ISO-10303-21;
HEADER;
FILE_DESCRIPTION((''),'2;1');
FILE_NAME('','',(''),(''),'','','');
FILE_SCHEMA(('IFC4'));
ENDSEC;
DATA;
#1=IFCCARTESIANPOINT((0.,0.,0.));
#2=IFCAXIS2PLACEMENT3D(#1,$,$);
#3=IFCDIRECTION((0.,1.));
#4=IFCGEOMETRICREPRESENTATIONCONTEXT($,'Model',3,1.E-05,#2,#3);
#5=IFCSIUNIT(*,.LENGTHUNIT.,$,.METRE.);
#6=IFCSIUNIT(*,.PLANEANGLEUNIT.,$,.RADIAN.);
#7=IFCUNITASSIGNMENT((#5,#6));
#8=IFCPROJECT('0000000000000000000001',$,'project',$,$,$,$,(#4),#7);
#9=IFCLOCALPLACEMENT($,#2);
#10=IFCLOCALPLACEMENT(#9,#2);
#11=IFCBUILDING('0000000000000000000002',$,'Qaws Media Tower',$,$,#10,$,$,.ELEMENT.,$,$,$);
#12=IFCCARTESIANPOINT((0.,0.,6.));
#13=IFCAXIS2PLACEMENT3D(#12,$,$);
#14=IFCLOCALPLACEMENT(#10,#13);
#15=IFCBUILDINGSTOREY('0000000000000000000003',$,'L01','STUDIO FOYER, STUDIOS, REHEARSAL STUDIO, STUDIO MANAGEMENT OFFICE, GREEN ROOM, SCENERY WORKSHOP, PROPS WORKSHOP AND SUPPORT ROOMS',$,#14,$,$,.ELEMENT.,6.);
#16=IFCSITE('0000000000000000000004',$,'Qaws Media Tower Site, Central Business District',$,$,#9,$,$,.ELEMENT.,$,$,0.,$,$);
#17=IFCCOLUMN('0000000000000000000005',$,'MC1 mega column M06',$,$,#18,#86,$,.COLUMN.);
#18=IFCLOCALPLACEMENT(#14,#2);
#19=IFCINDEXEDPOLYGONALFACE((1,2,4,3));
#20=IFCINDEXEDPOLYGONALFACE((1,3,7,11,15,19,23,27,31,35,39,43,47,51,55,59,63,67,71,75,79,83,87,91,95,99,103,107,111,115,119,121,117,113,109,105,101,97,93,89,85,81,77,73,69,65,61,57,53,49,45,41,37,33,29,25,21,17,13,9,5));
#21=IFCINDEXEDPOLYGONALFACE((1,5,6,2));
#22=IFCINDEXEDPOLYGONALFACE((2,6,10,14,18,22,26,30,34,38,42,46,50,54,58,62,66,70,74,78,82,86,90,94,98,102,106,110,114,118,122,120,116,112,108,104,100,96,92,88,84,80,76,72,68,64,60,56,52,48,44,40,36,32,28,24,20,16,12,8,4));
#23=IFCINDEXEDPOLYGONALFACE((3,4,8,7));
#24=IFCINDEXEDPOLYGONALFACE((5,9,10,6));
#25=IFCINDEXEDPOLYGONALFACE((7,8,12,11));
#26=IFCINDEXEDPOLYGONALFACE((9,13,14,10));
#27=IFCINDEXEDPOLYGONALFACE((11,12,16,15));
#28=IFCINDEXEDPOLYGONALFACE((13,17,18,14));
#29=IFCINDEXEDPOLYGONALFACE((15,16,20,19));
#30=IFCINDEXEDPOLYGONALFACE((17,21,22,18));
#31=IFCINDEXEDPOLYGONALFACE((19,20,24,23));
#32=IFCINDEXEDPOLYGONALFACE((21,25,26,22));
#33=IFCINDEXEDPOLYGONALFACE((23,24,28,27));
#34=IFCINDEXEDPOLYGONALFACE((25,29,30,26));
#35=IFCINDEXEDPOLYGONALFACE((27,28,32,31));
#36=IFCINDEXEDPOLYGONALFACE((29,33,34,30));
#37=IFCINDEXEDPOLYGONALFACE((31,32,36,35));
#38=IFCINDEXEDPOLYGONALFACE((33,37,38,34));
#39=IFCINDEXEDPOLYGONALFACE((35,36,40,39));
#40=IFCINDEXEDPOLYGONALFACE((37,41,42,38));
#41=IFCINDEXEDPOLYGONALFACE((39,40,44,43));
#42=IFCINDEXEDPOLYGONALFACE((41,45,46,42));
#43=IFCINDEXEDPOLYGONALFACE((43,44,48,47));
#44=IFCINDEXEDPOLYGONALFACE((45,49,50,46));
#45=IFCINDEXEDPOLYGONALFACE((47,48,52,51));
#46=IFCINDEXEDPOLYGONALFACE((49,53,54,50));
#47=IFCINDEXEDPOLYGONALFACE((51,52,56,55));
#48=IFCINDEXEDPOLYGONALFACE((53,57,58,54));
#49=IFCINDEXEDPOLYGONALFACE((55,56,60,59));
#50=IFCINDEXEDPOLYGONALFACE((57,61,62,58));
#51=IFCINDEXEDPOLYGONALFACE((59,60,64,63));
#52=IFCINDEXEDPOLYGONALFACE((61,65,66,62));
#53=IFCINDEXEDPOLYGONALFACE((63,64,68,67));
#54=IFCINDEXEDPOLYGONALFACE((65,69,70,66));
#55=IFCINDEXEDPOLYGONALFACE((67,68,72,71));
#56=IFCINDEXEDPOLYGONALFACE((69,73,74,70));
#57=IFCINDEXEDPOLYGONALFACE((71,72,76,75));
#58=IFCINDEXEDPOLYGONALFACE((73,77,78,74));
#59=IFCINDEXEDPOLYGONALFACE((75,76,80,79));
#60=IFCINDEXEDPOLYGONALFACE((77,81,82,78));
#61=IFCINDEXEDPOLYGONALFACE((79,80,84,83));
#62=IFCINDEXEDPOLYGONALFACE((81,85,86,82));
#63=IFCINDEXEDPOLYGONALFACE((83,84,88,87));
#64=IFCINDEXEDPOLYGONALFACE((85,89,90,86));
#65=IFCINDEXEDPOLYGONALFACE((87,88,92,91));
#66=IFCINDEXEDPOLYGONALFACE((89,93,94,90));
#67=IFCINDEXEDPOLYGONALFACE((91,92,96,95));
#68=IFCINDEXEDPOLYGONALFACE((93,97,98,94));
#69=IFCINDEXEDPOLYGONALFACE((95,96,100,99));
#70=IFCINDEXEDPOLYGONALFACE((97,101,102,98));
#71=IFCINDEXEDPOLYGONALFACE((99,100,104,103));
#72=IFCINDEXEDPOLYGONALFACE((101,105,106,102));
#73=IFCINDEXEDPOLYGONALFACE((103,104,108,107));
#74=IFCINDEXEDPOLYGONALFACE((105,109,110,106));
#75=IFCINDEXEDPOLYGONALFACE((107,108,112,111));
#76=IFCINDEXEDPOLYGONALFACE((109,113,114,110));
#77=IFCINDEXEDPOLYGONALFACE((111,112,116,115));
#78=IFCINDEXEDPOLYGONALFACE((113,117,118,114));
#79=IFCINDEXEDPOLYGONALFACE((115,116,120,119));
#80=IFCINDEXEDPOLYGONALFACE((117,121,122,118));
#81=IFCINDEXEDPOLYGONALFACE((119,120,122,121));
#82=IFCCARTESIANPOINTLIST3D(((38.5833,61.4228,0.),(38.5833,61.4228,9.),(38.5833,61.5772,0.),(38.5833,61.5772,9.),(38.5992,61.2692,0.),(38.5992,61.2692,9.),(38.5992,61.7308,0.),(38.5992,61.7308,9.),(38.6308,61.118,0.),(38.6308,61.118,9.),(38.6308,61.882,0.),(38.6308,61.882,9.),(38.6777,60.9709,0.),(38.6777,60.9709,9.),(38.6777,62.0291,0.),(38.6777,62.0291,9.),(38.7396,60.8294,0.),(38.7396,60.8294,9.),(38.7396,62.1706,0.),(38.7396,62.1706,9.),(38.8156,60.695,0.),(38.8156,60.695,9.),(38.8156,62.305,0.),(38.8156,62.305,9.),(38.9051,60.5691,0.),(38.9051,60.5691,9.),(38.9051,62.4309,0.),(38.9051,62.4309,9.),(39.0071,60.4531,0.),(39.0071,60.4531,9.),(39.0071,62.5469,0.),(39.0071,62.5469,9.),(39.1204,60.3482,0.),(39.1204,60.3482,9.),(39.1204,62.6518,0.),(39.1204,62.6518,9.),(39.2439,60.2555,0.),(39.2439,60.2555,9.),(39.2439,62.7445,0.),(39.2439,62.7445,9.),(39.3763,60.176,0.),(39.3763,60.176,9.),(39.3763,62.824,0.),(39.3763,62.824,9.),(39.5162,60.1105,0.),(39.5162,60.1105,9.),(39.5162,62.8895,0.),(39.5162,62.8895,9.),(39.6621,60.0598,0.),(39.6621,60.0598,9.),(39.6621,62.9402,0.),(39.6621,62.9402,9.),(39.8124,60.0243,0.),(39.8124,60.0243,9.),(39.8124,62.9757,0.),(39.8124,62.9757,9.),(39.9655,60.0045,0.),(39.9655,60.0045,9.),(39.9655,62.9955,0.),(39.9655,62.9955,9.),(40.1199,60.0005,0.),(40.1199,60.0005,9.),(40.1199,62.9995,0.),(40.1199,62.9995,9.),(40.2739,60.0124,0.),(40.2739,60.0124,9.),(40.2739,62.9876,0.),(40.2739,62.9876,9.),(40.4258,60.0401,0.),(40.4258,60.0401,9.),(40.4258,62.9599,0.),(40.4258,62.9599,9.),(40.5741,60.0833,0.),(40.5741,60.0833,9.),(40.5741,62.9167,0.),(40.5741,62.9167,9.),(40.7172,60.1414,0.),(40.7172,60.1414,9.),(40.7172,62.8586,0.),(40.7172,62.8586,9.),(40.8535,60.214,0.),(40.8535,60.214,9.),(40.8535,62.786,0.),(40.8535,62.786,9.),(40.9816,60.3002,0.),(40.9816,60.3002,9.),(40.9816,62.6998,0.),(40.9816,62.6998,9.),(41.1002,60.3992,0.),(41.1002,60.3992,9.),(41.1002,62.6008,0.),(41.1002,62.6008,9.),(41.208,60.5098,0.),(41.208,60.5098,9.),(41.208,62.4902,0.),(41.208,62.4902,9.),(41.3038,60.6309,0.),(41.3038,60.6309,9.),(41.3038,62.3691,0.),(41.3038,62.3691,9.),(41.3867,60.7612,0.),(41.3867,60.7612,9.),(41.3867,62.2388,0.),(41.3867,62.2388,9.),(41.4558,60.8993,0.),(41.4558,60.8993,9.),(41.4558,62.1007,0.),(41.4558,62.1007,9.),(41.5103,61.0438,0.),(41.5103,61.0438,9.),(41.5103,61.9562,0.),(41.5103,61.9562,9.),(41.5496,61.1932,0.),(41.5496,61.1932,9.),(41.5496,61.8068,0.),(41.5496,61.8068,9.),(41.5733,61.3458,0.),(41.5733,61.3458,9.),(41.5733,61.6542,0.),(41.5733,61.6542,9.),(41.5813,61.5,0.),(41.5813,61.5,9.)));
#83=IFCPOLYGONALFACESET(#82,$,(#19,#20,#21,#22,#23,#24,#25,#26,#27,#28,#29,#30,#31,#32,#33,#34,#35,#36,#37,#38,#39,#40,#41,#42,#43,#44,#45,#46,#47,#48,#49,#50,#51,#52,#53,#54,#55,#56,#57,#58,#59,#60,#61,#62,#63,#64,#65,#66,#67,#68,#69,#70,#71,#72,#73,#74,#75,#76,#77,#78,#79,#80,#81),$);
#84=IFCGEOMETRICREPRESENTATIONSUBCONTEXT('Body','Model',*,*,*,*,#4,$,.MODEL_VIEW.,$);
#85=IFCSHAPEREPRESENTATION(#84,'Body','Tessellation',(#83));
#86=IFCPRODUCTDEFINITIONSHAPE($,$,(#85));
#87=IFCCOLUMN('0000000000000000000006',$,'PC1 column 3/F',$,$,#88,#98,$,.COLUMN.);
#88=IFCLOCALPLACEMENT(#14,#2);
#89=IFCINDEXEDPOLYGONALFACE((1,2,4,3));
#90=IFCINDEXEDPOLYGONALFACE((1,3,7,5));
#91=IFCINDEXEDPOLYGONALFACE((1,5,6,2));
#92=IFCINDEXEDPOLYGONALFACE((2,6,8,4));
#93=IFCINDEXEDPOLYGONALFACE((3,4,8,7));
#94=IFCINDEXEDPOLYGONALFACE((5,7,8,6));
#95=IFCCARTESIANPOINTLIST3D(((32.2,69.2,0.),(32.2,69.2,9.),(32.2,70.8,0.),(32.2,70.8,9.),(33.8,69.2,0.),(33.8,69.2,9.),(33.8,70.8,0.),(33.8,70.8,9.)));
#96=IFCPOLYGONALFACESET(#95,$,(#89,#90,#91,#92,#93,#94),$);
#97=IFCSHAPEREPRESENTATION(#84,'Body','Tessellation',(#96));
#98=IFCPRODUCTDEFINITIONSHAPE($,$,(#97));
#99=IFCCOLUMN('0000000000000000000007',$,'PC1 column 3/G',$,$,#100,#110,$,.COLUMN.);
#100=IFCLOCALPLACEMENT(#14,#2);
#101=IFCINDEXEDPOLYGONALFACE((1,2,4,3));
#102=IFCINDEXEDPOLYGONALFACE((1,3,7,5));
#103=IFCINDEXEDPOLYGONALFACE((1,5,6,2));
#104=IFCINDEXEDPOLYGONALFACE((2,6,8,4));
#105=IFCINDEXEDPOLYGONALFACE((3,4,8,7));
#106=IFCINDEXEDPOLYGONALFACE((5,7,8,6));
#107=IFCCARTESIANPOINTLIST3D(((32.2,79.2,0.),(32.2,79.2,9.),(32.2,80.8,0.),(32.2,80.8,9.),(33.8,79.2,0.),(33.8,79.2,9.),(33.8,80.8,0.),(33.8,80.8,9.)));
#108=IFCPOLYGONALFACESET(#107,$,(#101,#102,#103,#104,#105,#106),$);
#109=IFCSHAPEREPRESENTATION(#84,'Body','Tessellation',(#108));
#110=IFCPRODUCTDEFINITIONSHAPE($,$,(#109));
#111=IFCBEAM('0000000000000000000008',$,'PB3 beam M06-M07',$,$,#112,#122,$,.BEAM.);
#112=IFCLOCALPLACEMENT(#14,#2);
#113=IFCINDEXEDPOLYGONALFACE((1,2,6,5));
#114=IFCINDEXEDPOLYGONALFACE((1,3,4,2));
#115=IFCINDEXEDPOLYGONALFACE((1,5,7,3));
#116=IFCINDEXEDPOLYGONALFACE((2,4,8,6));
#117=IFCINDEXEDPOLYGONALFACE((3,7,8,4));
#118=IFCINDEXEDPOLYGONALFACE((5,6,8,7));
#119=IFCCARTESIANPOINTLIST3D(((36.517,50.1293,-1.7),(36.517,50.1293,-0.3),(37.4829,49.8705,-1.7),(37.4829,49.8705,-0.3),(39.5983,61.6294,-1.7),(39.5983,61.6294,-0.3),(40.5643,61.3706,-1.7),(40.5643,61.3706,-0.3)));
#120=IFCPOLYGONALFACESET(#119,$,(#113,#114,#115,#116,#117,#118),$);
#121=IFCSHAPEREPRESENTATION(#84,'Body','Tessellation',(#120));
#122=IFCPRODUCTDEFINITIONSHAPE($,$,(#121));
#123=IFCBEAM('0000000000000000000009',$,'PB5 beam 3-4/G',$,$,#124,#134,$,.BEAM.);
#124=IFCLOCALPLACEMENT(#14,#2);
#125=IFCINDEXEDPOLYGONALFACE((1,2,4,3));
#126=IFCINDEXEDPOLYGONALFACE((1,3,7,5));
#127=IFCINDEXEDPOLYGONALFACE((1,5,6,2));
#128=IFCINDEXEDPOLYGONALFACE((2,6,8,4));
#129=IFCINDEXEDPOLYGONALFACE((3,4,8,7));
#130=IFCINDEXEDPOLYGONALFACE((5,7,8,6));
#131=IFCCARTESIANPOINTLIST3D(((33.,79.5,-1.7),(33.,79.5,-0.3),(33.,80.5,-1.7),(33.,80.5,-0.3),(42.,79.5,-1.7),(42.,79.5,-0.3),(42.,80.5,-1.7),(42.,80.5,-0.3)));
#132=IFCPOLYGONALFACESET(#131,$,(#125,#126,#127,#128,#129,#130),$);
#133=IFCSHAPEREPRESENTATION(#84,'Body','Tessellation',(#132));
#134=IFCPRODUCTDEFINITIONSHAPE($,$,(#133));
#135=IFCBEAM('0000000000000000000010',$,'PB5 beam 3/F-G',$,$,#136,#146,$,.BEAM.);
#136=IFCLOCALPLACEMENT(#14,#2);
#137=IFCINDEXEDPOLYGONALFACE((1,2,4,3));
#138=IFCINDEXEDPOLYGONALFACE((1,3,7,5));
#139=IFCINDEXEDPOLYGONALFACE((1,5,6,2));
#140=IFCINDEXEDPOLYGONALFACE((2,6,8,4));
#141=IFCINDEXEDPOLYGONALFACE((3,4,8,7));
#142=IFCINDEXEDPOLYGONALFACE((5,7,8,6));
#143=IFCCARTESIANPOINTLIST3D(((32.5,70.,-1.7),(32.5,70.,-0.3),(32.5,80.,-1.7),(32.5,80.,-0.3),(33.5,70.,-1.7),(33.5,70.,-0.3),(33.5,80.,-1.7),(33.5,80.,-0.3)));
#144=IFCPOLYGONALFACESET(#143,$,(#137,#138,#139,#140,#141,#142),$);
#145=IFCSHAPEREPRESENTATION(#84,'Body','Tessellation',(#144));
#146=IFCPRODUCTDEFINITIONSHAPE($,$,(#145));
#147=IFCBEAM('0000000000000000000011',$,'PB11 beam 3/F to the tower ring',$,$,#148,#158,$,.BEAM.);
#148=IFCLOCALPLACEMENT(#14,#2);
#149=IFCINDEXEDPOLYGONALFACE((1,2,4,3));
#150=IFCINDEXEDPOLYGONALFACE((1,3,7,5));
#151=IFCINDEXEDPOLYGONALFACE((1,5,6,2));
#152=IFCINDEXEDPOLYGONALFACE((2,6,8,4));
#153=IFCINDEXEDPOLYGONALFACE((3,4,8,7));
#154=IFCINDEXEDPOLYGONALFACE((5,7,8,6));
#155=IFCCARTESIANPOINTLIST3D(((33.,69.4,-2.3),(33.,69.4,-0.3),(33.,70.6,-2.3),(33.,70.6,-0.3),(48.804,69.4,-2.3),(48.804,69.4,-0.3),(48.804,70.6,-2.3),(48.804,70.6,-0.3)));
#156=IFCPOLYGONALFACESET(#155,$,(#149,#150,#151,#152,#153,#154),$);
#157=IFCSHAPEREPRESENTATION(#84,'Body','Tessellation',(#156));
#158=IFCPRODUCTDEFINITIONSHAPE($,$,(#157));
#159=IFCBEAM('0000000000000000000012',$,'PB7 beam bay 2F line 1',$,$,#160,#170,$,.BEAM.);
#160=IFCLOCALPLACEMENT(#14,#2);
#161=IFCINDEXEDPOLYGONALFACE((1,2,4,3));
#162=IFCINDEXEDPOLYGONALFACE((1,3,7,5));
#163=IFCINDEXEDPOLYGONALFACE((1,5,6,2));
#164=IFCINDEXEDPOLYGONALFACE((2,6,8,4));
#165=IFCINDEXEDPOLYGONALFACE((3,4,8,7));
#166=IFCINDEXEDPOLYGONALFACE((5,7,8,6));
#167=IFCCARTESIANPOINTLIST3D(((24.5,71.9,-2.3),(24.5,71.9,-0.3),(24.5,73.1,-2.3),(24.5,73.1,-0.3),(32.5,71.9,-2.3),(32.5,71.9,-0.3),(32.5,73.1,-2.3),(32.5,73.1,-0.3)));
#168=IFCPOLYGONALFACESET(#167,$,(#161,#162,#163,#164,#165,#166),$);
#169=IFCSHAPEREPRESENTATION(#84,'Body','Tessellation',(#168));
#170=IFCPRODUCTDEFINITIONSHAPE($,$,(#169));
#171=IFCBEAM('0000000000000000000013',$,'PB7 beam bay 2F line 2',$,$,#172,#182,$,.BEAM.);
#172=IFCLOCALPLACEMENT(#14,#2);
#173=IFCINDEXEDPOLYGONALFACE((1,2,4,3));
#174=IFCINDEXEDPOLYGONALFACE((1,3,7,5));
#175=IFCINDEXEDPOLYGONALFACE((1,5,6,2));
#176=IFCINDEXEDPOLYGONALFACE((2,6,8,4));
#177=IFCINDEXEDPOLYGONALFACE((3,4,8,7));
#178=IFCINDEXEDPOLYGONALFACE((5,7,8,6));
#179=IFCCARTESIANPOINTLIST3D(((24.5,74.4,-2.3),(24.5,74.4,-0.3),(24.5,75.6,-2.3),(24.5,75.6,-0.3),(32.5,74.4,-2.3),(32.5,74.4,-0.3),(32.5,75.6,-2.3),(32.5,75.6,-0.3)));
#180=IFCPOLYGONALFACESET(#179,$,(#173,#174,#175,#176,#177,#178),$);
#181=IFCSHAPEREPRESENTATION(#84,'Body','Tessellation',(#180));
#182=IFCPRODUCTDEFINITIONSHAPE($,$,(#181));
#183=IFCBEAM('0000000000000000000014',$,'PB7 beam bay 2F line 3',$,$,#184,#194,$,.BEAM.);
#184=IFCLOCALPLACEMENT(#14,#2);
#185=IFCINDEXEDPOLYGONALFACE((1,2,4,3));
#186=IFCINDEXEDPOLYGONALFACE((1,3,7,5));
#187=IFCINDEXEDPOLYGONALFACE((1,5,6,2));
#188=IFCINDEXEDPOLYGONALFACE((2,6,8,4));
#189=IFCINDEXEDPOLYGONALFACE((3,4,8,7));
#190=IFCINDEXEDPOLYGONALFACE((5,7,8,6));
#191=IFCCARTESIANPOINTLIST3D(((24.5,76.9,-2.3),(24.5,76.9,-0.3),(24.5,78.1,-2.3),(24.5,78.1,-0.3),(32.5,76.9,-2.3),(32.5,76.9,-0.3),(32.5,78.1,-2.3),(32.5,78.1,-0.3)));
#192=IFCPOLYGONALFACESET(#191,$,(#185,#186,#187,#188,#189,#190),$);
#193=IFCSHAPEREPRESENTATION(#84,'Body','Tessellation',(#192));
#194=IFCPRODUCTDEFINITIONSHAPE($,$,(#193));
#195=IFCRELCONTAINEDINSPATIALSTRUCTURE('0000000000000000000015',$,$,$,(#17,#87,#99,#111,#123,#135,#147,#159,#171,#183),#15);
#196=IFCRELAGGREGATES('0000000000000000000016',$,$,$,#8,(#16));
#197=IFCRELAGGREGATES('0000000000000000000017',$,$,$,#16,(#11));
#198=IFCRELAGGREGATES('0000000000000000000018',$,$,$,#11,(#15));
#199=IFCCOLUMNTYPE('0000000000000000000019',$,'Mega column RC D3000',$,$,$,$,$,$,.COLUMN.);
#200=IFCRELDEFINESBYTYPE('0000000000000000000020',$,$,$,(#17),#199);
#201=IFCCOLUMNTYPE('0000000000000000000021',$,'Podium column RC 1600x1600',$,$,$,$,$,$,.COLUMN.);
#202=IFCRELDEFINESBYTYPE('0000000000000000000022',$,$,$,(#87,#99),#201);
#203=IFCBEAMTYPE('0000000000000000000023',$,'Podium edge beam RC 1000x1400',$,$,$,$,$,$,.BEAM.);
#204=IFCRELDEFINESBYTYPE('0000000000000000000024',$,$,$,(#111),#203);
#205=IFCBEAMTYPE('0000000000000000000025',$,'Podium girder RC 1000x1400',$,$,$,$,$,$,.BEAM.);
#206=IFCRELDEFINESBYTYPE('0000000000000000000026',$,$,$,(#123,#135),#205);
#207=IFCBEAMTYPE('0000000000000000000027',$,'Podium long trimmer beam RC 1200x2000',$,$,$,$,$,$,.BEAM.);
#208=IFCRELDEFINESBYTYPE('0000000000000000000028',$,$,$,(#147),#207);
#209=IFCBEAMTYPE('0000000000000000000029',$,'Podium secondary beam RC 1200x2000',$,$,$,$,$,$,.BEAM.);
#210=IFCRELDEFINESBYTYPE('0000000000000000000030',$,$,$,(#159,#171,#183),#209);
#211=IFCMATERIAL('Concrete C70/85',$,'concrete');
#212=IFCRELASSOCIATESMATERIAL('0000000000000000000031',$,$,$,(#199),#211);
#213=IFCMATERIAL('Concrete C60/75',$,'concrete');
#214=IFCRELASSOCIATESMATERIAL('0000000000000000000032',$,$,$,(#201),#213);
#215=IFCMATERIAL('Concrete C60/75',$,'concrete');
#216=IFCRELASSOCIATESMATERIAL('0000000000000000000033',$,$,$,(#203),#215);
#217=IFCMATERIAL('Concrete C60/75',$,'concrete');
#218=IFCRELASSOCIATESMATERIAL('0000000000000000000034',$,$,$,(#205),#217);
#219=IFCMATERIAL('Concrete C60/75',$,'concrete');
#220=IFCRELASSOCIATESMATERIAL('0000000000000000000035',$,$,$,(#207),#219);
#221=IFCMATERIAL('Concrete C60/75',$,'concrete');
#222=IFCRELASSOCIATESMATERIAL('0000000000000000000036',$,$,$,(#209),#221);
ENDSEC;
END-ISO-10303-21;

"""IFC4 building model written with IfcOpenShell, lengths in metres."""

from ifc_helpers import new_model, si_unit, direction, frame, origin, origin_2d, place, context, subcontext, project, spatial, rectangle, circle, extrude, material, material_profile, profile_set, type_object, element, save


model = new_model("IFC4")

# Units and contexts
model_context = context("Model", 3, precision=1e-05, world=origin(), true_north=direction((0.0, 1.0)))
body_context = subcontext(model_context, "Body", "Model", "MODEL_VIEW")
ifc_project = project(units=[si_unit("LENGTHUNIT", "METRE"), si_unit("PLANEANGLEUNIT", "RADIAN")], contexts=[model_context])

# Site, building, storey
site_placement = place(None, origin())
site = spatial("IfcSite", under=ifc_project, at=site_placement, Name="Qaws Media Tower Site, Central Business District", CompositionType="ELEMENT", RefElevation=0.0)
building_placement = place(site_placement, origin())
building = spatial("IfcBuilding", under=site, at=building_placement, Name="Qaws Media Tower", CompositionType="ELEMENT")
storey_placement = place(building_placement, frame((0.0, 0.0, 6.0)))
storey = spatial("IfcBuildingStorey", under=building, at=storey_placement, Name="L01", Description="STUDIO FOYER, STUDIOS, REHEARSAL STUDIO, STUDIO MANAGEMENT OFFICE, GREEN ROOM, SCENERY WORKSHOP, PROPS WORKSHOP AND SUPPORT ROOMS", CompositionType="ELEMENT", Elevation=6.0)

# Columns
ifc_material_1 = material(Name="Concrete C70/85", Category="concrete")
ifc_material_profile_1 = material_profile(ifc_material_1, circle(Radius=1.5, at=origin_2d()), Name="RC D3000")
ifc_profile_set_1 = profile_set([ifc_material_profile_1], Name="Concrete C70/85")
column_type_1 = type_object("IfcColumnType", Name="Mega column RC D3000", PredefinedType="COLUMN", material=ifc_profile_set_1)
column_placement = place(storey_placement, frame((40.0813, 61.5, 0.0), z_axis=(0.0, 0.0, 1.0), x_axis=(1.0, 0.0, 0.0)))
element("IfcColumn", 1, at=column_placement, inside=storey, type_object=column_type_1, Name="MC1 mega column M06", PredefinedType="COLUMN", context=body_context, shape_type="SweptSolid", body=[
    extrude(circle(Radius=1.5, at=origin_2d()), origin(), (0.0, 0.0, 1.0), 9.0),
])
ifc_material_2 = material(Name="Concrete C60/75", Category="concrete")
ifc_material_profile_2 = material_profile(ifc_material_2, rectangle(XDim=1.6001, YDim=1.6001, at=origin_2d()), Name="RC 1600x1600")
ifc_profile_set_2 = profile_set([ifc_material_profile_2], Name="Concrete C60/75")
column_type_2 = type_object("IfcColumnType", Name="Podium column RC 1600x1600", PredefinedType="COLUMN", material=ifc_profile_set_2)
for number, where, z_axis, x_axis, name in (
    (2, (33.0, 70.0, 0.0), (0.0, 0.0, 1.0), (1.0, 0.0, 0.0), "PC1 column 3/F"),
    (3, (33.0, 80.0, 0.0), (0.0, 0.0, 1.0), (1.0, 0.0, 0.0), "PC1 column 3/G"),
):
    element("IfcColumn", number, at=place(storey_placement, frame(where, z_axis=z_axis, x_axis=x_axis)), inside=storey, type_object=column_type_2, Name=name, PredefinedType="COLUMN", context=body_context, shape_type="SweptSolid", body=[
        extrude(rectangle(XDim=1.6001, YDim=1.6001, at=origin_2d()), origin(), (0.0, 0.0, 1.0), 9.0),
    ])

# Beams
ifc_material_3 = material(Name="Concrete C60/75", Category="concrete")
ifc_material_profile_3 = material_profile(ifc_material_3, rectangle(XDim=1.0, YDim=1.3999, at=origin_2d()), Name="RC 1000x1400")
ifc_profile_set_3 = profile_set([ifc_material_profile_3], Name="Concrete C60/75")
beam_type_1 = type_object("IfcBeamType", Name="Podium edge beam RC 1000x1400", PredefinedType="BEAM", material=ifc_profile_set_3)
beam_1_placement = place(storey_placement, frame((40.0813, 61.5, -1.0), z_axis=(-0.25881, -0.965928, 0.0), x_axis=(0.965928, -0.25881, 0.0)))
element("IfcBeam", 4, at=beam_1_placement, inside=storey, type_object=beam_type_1, Name="PB3 beam M06-M07", PredefinedType="BEAM", context=body_context, shape_type="SweptSolid", body=[
    extrude(rectangle(XDim=1.0, YDim=1.3999, at=origin_2d()), origin(), (0.0, 0.0, 1.0), 11.9058),
])
ifc_material_4 = material(Name="Concrete C60/75", Category="concrete")
ifc_material_profile_4 = material_profile(ifc_material_4, rectangle(XDim=1.0, YDim=1.3999, at=origin_2d()), Name="RC 1000x1400")
ifc_profile_set_4 = profile_set([ifc_material_profile_4], Name="Concrete C60/75")
beam_type_2 = type_object("IfcBeamType", Name="Podium girder RC 1000x1400", PredefinedType="BEAM", material=ifc_profile_set_4)
beam_2_placement = place(storey_placement, frame((33.0, 80.0, -1.0), z_axis=(1.0, 0.0, 0.0), x_axis=(0.0, 1.0, 0.0)))
element("IfcBeam", 5, at=beam_2_placement, inside=storey, type_object=beam_type_2, Name="PB5 beam 3-4/G", PredefinedType="BEAM", context=body_context, shape_type="SweptSolid", body=[
    extrude(rectangle(XDim=1.0, YDim=1.3999, at=origin_2d()), origin(), (0.0, 0.0, 1.0), 9.0),
])
beam_3_placement = place(storey_placement, frame((33.0, 70.0, -1.0), z_axis=(0.0, 1.0, 0.0), x_axis=(-1.0, 0.0, 0.0)))
element("IfcBeam", 6, at=beam_3_placement, inside=storey, type_object=beam_type_2, Name="PB5 beam 3/F-G", PredefinedType="BEAM", context=body_context, shape_type="SweptSolid", body=[
    extrude(rectangle(XDim=1.0, YDim=1.3999, at=origin_2d()), origin(), (0.0, 0.0, 1.0), 10.0),
])
ifc_material_5 = material(Name="Concrete C60/75", Category="concrete")
ifc_material_profile_5 = material_profile(ifc_material_5, rectangle(XDim=1.2, YDim=2.0, at=origin_2d()), Name="RC 1200x2000")
ifc_profile_set_5 = profile_set([ifc_material_profile_5], Name="Concrete C60/75")
beam_type_3 = type_object("IfcBeamType", Name="Podium long trimmer beam RC 1200x2000", PredefinedType="BEAM", material=ifc_profile_set_5)
beam_4_placement = place(storey_placement, frame((33.0, 70.0, -1.3), z_axis=(1.0, 0.0, 0.0), x_axis=(0.0, 1.0, 0.0)))
element("IfcBeam", 7, at=beam_4_placement, inside=storey, type_object=beam_type_3, Name="PB11 beam 3/F to the tower ring", PredefinedType="BEAM", context=body_context, shape_type="SweptSolid", body=[
    extrude(rectangle(XDim=1.2, YDim=2.0, at=origin_2d()), origin(), (0.0, 0.0, 1.0), 15.804),
])
ifc_material_6 = material(Name="Concrete C60/75", Category="concrete")
ifc_material_profile_6 = material_profile(ifc_material_6, rectangle(XDim=1.2, YDim=2.0, at=origin_2d()), Name="RC 1200x2000")
ifc_profile_set_6 = profile_set([ifc_material_profile_6], Name="Concrete C60/75")
beam_type_4 = type_object("IfcBeamType", Name="Podium secondary beam RC 1200x2000", PredefinedType="BEAM", material=ifc_profile_set_6)
for number, where, z_axis, x_axis, name in (
    (8, (24.5, 72.5, -1.3), (1.0, 0.0, 0.0), (0.0, 1.0, 0.0), "PB7 beam bay 2F line 1"),
    (9, (24.5, 75.0, -1.3), (1.0, 0.0, 0.0), (0.0, 1.0, 0.0), "PB7 beam bay 2F line 2"),
    (10, (24.5, 77.5, -1.3), (1.0, 0.0, 0.0), (0.0, 1.0, 0.0), "PB7 beam bay 2F line 3"),
):
    element("IfcBeam", number, at=place(storey_placement, frame(where, z_axis=z_axis, x_axis=x_axis)), inside=storey, type_object=beam_type_4, Name=name, PredefinedType="BEAM", context=body_context, shape_type="SweptSolid", body=[
        extrude(rectangle(XDim=1.2, YDim=2.0, at=origin_2d()), origin(), (0.0, 0.0, 1.0), 8.0),
    ])

save(model, "model.ifc")
